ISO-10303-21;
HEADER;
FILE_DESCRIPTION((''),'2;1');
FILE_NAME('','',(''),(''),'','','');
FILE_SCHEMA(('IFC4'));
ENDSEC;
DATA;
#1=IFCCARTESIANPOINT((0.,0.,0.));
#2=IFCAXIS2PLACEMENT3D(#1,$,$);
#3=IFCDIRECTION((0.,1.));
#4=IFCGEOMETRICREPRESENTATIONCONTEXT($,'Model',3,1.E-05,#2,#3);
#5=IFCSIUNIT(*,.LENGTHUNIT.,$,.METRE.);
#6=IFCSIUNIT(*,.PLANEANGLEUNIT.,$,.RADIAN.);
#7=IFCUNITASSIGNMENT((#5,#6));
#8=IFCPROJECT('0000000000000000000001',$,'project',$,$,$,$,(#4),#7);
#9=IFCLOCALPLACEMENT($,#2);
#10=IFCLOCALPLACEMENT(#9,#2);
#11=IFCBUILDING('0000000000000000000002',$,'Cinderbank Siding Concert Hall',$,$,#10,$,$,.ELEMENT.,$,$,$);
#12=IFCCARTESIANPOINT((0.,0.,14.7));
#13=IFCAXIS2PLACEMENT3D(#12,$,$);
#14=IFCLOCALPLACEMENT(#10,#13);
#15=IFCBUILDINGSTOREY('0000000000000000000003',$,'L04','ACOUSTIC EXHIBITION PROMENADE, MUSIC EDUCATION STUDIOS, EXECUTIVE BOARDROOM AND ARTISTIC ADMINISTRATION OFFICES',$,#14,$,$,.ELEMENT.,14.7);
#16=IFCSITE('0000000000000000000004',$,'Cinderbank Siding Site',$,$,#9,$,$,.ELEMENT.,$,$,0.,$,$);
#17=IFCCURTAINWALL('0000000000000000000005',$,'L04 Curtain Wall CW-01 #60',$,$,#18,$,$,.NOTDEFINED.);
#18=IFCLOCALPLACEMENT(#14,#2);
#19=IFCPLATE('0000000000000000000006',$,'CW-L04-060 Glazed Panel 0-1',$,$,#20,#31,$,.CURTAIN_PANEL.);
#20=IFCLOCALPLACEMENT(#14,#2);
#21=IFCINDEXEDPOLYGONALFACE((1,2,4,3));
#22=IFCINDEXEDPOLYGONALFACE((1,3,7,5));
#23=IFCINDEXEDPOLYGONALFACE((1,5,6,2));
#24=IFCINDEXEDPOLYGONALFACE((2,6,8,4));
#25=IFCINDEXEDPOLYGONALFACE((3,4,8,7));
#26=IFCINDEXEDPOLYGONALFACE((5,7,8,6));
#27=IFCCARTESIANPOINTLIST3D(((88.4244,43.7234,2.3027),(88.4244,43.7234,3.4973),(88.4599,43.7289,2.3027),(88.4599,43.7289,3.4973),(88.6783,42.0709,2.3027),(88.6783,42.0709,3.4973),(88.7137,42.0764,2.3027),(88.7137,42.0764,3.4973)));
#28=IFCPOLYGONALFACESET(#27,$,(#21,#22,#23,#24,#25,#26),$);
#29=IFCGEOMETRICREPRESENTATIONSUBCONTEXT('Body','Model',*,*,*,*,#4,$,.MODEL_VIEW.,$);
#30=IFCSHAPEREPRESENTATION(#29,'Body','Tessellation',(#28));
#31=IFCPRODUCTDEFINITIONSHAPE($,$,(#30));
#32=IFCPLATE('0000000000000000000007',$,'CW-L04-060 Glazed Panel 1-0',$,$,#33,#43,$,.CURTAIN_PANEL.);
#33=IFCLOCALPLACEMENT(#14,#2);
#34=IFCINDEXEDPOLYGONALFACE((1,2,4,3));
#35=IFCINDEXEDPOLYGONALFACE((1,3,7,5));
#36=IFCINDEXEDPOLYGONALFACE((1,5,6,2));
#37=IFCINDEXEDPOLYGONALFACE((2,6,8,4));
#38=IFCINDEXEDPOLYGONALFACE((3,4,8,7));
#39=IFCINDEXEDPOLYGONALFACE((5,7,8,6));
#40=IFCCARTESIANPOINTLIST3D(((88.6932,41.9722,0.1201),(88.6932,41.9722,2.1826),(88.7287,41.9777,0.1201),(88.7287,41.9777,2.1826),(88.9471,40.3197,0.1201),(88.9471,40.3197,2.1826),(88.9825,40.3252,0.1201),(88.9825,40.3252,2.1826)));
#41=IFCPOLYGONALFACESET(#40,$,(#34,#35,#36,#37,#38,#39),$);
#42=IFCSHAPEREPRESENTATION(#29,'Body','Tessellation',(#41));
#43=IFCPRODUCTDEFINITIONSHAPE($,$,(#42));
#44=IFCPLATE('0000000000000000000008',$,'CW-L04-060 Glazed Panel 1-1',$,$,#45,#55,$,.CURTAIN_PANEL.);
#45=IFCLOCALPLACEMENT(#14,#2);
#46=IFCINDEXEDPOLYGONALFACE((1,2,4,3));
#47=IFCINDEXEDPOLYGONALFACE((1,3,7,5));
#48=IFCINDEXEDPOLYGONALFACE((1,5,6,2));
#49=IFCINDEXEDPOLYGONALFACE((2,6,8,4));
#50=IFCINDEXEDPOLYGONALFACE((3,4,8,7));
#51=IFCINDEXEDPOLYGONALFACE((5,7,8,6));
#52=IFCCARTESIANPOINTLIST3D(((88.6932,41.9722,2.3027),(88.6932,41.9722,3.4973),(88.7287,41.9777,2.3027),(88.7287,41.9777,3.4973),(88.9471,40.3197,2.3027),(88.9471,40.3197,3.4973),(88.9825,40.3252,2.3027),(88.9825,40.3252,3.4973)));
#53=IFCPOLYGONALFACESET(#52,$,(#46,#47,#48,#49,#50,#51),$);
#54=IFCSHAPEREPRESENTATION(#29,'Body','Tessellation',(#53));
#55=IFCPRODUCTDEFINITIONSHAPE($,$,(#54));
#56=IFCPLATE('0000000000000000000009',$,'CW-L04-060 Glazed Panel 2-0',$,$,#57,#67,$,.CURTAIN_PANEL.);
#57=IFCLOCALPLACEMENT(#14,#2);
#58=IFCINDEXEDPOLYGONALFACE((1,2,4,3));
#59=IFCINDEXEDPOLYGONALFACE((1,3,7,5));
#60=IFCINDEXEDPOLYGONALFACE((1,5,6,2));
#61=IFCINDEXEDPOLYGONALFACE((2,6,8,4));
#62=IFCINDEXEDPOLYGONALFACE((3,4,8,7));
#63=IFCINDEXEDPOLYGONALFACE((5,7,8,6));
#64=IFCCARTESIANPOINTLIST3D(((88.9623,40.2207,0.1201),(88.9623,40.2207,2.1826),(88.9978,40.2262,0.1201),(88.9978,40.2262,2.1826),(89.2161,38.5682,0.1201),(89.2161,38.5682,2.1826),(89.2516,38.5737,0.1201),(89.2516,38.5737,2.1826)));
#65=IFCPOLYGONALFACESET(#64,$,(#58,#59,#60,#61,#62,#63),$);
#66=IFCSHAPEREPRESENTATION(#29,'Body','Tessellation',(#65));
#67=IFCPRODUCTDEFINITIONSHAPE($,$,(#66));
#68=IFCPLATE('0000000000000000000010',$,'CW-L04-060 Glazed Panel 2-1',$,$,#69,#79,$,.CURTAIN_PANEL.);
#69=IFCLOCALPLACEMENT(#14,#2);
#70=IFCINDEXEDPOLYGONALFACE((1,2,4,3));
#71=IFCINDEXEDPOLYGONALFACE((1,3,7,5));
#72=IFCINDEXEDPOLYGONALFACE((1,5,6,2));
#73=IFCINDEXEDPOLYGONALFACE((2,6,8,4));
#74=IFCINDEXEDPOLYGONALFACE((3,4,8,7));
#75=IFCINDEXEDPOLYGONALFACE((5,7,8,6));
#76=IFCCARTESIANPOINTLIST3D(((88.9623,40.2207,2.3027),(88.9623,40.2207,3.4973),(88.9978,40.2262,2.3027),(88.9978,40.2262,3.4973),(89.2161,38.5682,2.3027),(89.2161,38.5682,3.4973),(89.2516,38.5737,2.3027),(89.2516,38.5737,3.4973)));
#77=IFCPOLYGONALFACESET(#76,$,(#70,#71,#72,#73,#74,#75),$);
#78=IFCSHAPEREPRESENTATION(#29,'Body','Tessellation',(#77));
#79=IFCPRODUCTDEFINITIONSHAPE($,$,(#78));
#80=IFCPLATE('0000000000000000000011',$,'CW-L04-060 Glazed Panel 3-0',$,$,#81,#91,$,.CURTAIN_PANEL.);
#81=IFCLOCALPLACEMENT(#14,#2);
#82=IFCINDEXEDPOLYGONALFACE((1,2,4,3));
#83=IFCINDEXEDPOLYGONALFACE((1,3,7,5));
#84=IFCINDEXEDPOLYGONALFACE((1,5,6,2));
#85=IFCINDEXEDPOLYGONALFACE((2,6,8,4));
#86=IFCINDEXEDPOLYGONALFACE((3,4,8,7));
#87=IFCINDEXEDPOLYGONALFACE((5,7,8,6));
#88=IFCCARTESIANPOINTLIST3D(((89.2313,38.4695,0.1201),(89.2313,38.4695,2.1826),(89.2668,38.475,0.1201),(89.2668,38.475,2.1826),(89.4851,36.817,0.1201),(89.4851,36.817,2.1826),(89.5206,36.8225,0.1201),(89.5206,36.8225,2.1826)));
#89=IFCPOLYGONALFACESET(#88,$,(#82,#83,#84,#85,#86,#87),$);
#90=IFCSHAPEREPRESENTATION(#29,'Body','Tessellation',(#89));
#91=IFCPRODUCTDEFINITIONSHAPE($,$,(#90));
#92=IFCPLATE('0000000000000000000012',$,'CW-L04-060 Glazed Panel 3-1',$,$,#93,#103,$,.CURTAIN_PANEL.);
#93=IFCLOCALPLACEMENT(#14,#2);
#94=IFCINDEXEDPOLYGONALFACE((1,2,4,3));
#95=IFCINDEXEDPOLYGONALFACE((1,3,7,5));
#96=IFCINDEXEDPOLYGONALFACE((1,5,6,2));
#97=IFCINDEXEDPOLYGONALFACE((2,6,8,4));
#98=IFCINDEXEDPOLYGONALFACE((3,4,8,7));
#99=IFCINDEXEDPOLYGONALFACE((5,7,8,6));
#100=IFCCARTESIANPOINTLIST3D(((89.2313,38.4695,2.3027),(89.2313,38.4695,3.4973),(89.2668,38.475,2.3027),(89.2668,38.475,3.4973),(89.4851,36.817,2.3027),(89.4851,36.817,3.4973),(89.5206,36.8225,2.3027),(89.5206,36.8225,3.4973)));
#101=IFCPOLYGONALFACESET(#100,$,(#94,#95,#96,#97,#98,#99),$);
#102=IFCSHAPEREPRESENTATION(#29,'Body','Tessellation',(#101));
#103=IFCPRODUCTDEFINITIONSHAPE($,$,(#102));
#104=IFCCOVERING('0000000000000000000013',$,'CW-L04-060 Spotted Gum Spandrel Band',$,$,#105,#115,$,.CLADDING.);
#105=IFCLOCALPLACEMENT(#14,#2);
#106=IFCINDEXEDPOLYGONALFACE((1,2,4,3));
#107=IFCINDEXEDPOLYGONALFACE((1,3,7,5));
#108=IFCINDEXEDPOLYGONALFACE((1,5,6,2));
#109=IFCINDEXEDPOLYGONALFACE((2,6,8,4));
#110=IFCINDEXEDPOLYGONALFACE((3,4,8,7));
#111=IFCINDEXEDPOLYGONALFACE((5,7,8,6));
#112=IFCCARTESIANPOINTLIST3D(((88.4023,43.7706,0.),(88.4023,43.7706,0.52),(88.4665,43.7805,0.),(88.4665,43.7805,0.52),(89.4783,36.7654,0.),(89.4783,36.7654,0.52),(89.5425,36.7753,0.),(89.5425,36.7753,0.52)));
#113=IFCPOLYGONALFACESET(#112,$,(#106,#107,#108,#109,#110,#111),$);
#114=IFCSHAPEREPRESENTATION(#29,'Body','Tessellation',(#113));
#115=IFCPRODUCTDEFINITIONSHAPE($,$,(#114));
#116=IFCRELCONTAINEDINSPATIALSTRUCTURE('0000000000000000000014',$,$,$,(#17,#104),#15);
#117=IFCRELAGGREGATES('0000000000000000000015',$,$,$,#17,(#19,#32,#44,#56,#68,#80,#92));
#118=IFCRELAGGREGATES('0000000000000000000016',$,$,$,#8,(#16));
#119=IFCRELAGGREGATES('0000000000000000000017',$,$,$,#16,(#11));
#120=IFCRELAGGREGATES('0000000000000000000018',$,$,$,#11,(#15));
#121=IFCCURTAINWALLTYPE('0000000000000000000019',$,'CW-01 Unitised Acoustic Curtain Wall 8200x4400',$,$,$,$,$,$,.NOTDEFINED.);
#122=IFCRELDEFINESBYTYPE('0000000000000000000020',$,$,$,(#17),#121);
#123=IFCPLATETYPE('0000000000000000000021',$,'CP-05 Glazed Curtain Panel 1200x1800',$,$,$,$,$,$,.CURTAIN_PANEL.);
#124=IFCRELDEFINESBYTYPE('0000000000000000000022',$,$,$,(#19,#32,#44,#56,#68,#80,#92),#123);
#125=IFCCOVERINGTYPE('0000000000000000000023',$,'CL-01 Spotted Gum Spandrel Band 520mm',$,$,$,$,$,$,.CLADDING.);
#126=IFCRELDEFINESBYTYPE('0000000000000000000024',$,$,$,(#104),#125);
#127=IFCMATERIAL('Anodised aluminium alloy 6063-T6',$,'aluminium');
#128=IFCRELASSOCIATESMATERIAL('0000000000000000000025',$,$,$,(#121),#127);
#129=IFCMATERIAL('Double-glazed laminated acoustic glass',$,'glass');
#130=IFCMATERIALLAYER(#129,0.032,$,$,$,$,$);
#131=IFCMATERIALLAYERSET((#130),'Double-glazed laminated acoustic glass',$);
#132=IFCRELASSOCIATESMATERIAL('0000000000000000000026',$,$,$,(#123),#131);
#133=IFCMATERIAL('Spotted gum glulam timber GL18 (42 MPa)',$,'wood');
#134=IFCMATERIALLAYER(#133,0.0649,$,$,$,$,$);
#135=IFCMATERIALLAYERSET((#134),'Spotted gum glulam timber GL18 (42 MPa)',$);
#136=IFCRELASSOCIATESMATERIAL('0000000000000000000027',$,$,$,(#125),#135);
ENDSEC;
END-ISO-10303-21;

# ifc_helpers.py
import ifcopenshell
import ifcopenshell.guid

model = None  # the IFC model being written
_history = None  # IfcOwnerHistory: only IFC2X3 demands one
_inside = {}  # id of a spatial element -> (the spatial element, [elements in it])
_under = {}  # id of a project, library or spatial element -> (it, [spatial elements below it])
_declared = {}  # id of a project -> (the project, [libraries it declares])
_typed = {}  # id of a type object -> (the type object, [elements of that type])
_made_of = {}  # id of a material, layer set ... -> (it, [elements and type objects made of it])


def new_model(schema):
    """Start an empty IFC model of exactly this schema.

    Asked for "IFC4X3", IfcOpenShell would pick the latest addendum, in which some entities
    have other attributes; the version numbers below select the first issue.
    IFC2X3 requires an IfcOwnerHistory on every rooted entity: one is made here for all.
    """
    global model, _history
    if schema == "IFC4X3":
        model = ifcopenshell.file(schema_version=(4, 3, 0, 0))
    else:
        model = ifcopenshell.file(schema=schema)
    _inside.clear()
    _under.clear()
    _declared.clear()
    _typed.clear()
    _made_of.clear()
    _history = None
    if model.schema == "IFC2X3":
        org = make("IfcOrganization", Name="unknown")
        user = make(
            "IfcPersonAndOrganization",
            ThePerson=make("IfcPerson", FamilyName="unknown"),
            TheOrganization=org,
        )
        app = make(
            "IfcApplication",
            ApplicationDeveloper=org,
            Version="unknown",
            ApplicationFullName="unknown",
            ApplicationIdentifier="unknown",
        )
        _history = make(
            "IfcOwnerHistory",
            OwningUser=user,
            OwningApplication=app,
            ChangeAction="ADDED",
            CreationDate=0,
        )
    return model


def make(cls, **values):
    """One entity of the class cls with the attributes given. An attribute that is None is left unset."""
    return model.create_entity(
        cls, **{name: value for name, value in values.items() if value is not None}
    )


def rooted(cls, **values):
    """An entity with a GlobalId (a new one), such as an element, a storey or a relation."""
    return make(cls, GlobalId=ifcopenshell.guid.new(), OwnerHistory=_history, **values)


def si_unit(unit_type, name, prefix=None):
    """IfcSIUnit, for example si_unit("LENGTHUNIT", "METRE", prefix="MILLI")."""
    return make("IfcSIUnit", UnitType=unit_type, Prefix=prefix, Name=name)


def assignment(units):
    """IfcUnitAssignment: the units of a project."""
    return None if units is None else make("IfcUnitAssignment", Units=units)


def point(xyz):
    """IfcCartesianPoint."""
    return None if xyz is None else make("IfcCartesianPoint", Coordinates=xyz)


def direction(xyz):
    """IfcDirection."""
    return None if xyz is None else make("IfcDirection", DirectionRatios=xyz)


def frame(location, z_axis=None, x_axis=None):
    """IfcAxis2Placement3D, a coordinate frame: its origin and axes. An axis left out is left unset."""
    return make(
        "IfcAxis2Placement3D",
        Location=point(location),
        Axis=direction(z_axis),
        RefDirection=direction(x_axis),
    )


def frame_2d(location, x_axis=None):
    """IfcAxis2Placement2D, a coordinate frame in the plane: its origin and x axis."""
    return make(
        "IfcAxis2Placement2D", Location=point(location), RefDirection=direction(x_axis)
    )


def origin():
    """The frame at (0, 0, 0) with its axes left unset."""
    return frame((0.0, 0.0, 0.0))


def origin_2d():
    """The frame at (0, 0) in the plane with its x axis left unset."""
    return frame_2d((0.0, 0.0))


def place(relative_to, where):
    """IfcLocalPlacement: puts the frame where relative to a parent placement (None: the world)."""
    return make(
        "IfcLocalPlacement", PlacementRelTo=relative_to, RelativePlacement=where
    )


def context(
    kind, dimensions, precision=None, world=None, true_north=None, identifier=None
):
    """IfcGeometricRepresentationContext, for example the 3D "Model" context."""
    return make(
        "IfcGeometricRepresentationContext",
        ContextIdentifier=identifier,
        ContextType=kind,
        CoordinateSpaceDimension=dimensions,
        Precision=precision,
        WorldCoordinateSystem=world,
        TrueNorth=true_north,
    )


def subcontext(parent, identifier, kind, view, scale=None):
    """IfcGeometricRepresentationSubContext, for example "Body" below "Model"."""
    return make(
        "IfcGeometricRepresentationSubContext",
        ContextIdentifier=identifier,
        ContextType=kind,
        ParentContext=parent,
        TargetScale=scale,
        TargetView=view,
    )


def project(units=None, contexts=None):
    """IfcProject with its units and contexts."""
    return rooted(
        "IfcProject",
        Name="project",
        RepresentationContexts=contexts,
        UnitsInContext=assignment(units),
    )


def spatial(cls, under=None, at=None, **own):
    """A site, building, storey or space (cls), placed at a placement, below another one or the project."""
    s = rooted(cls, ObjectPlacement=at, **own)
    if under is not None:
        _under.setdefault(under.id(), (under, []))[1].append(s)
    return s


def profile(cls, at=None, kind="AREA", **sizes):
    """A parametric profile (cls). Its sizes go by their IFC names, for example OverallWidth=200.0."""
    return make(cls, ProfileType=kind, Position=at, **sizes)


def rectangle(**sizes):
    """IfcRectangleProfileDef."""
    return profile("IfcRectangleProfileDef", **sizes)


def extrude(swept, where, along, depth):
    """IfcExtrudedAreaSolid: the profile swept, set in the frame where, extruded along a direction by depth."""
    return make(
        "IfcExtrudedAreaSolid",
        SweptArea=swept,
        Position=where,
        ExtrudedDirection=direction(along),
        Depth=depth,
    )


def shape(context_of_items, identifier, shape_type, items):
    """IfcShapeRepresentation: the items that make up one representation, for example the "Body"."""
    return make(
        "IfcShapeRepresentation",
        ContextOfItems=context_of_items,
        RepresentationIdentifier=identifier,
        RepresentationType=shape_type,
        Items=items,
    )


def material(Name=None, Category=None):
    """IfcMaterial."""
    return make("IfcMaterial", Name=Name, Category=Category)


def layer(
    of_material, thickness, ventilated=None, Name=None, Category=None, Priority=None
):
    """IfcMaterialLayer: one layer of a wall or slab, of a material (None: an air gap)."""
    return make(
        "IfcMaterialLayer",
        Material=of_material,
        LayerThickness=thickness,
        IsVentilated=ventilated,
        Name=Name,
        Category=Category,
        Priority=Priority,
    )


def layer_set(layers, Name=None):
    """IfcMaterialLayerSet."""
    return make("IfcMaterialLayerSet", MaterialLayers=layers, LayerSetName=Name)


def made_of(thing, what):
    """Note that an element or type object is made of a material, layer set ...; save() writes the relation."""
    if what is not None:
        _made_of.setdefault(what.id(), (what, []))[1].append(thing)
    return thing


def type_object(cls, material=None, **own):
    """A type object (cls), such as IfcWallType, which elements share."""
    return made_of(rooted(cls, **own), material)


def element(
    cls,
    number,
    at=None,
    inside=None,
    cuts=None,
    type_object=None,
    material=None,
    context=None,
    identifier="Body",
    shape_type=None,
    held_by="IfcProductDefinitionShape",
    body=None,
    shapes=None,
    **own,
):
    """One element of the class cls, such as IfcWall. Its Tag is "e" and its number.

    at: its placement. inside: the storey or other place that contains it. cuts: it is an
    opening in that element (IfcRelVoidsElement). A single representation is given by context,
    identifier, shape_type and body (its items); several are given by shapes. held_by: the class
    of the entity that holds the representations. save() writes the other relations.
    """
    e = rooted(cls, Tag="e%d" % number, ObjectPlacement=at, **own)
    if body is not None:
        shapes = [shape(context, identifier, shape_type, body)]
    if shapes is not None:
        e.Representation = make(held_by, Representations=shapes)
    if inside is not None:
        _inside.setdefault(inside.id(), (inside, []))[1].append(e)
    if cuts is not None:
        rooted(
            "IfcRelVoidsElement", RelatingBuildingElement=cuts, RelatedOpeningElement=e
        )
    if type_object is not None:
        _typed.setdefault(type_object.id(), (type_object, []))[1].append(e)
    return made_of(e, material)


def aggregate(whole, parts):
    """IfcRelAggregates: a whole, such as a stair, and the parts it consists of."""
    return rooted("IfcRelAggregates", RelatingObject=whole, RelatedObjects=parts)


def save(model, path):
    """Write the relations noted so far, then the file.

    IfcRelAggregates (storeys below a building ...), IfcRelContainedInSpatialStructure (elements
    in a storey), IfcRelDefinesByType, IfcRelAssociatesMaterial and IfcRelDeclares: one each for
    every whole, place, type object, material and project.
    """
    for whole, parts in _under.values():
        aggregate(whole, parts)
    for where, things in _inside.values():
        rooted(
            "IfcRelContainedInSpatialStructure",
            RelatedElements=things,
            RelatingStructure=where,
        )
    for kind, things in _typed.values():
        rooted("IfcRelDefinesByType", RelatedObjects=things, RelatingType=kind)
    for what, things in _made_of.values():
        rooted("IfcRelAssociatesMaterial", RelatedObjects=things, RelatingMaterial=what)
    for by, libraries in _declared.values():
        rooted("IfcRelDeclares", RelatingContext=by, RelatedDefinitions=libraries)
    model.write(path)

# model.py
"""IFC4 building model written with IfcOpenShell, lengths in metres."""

from ifc_helpers import new_model, si_unit, direction, frame, origin, origin_2d, place, context, subcontext, project, spatial, rectangle, extrude, material, layer, layer_set, type_object, element, aggregate, save


model = new_model("IFC4")

# Units and contexts
model_context = context("Model", 3, precision=1e-05, world=origin(), true_north=direction((0.0, 1.0)))
body_context = subcontext(model_context, "Body", "Model", "MODEL_VIEW")
ifc_project = project(units=[si_unit("LENGTHUNIT", "METRE"), si_unit("PLANEANGLEUNIT", "RADIAN")], contexts=[model_context])

# Site, building, storey
site_placement = place(None, origin())
site = spatial("IfcSite", under=ifc_project, at=site_placement, Name="Cinderbank Siding Site", CompositionType="ELEMENT", RefElevation=0.0)
building_placement = place(site_placement, origin())
building = spatial("IfcBuilding", under=site, at=building_placement, Name="Cinderbank Siding Concert Hall", CompositionType="ELEMENT")
storey_placement = place(building_placement, frame((0.0, 0.0, 14.7)))
storey = spatial("IfcBuildingStorey", under=building, at=storey_placement, Name="L04", Description="ACOUSTIC EXHIBITION PROMENADE, MUSIC EDUCATION STUDIOS, EXECUTIVE BOARDROOM AND ARTISTIC ADMINISTRATION OFFICES", CompositionType="ELEMENT", Elevation=14.7)

# Curtain wall, plates
ifc_material_1 = material(Name="Anodised aluminium alloy 6063-T6", Category="aluminium")
curtain_wall_type = type_object("IfcCurtainWallType", Name="CW-01 Unitised Acoustic Curtain Wall 8200x4400", PredefinedType="NOTDEFINED", material=ifc_material_1)
curtain_wall_placement = place(storey_placement, origin())
curtain_wall = element("IfcCurtainWall", 1, at=curtain_wall_placement, inside=storey, type_object=curtain_wall_type, Name="L04 Curtain Wall CW-01 #60", PredefinedType="NOTDEFINED")
ifc_material_2 = material(Name="Double-glazed laminated acoustic glass", Category="glass")
ifc_layer_1 = layer(ifc_material_2, 0.032)
ifc_layer_set_1 = layer_set([ifc_layer_1], Name="Double-glazed laminated acoustic glass")
plate_type = type_object("IfcPlateType", Name="CP-05 Glazed Curtain Panel 1200x1800", PredefinedType="CURTAIN_PANEL", material=ifc_layer_set_1)
plate_1_placement = place(storey_placement, frame((88.5691, 42.8999, 2.3027), z_axis=(0.0, 0.0, 1.0), x_axis=(0.151815, -0.988409, 0.0)))
plate_1 = element("IfcPlate", 2, at=plate_1_placement, type_object=plate_type, Name="CW-L04-060 Glazed Panel 0-1", PredefinedType="CURTAIN_PANEL", context=body_context, shape_type="SweptSolid", body=[
    extrude(rectangle(XDim=1.6719, YDim=0.0359, at=origin_2d()), origin(), (0.0, 0.0, 1.0), 1.1946),
])
plate_2_placement = place(storey_placement, frame((88.8379, 41.1487, 0.1201), z_axis=(0.0, 0.0, 1.0), x_axis=(0.151815, -0.988409, 0.0)))
plate_2 = element("IfcPlate", 3, at=plate_2_placement, type_object=plate_type, Name="CW-L04-060 Glazed Panel 1-0", PredefinedType="CURTAIN_PANEL", context=body_context, shape_type="SweptSolid", body=[
    extrude(rectangle(XDim=1.6719, YDim=0.0359, at=origin_2d()), origin(), (0.0, 0.0, 1.0), 2.0625),
])
plate_3_placement = place(storey_placement, frame((88.8379, 41.1487, 2.3027), z_axis=(0.0, 0.0, 1.0), x_axis=(0.151815, -0.988409, 0.0)))
plate_3 = element("IfcPlate", 4, at=plate_3_placement, type_object=plate_type, Name="CW-L04-060 Glazed Panel 1-1", PredefinedType="CURTAIN_PANEL", context=body_context, shape_type="SweptSolid", body=[
    extrude(rectangle(XDim=1.6719, YDim=0.0359, at=origin_2d()), origin(), (0.0, 0.0, 1.0), 1.1946),
])
plate_4_placement = place(storey_placement, frame((89.1069, 39.3972, 0.1201), z_axis=(0.0, 0.0, 1.0), x_axis=(0.151815, -0.988409, 0.0)))
plate_4 = element("IfcPlate", 5, at=plate_4_placement, type_object=plate_type, Name="CW-L04-060 Glazed Panel 2-0", PredefinedType="CURTAIN_PANEL", context=body_context, shape_type="SweptSolid", body=[
    extrude(rectangle(XDim=1.6719, YDim=0.0359, at=origin_2d()), origin(), (0.0, 0.0, 1.0), 2.0625),
])
plate_5_placement = place(storey_placement, frame((89.1069, 39.3972, 2.3027), z_axis=(0.0, 0.0, 1.0), x_axis=(0.151815, -0.988409, 0.0)))
plate_5 = element("IfcPlate", 6, at=plate_5_placement, type_object=plate_type, Name="CW-L04-060 Glazed Panel 2-1", PredefinedType="CURTAIN_PANEL", context=body_context, shape_type="SweptSolid", body=[
    extrude(rectangle(XDim=1.6719, YDim=0.0359, at=origin_2d()), origin(), (0.0, 0.0, 1.0), 1.1946),
])
plate_6_placement = place(storey_placement, frame((89.376, 37.646, 0.1201), z_axis=(0.0, 0.0, 1.0), x_axis=(0.151815, -0.988409, 0.0)))
plate_6 = element("IfcPlate", 7, at=plate_6_placement, type_object=plate_type, Name="CW-L04-060 Glazed Panel 3-0", PredefinedType="CURTAIN_PANEL", context=body_context, shape_type="SweptSolid", body=[
    extrude(rectangle(XDim=1.6719, YDim=0.0359, at=origin_2d()), origin(), (0.0, 0.0, 1.0), 2.0625),
])
plate_7_placement = place(storey_placement, frame((89.376, 37.646, 2.3027), z_axis=(0.0, 0.0, 1.0), x_axis=(0.151815, -0.988409, 0.0)))
plate_7 = element("IfcPlate", 8, at=plate_7_placement, type_object=plate_type, Name="CW-L04-060 Glazed Panel 3-1", PredefinedType="CURTAIN_PANEL", context=body_context, shape_type="SweptSolid", body=[
    extrude(rectangle(XDim=1.6719, YDim=0.0359, at=origin_2d()), origin(), (0.0, 0.0, 1.0), 1.1946),
])
aggregate(curtain_wall, [plate_1, plate_2, plate_3, plate_4, plate_5, plate_6, plate_7])

# Covering
ifc_material_3 = material(Name="Spotted gum glulam timber GL18 (42 MPa)", Category="wood")
ifc_layer_2 = layer(ifc_material_3, 0.0649)
ifc_layer_set_2 = layer_set([ifc_layer_2], Name="Spotted gum glulam timber GL18 (42 MPa)")
covering_type = type_object("IfcCoveringType", Name="CL-01 Spotted Gum Spandrel Band 520mm", PredefinedType="CLADDING", material=ifc_layer_set_2)
covering_placement = place(storey_placement, frame((88.9724, 40.2729, 0.0), z_axis=(0.0, 0.0, 1.0), x_axis=(0.151815, -0.988409, 0.0)))
element("IfcCovering", 9, at=covering_placement, inside=storey, type_object=covering_type, Name="CW-L04-060 Spotted Gum Spandrel Band", PredefinedType="CLADDING", context=body_context, shape_type="SweptSolid", body=[
    extrude(rectangle(XDim=7.0874, YDim=0.0649, at=origin_2d()), origin(), (0.0, 0.0, 1.0), 0.52),
])

save(model, "model.ifc")
